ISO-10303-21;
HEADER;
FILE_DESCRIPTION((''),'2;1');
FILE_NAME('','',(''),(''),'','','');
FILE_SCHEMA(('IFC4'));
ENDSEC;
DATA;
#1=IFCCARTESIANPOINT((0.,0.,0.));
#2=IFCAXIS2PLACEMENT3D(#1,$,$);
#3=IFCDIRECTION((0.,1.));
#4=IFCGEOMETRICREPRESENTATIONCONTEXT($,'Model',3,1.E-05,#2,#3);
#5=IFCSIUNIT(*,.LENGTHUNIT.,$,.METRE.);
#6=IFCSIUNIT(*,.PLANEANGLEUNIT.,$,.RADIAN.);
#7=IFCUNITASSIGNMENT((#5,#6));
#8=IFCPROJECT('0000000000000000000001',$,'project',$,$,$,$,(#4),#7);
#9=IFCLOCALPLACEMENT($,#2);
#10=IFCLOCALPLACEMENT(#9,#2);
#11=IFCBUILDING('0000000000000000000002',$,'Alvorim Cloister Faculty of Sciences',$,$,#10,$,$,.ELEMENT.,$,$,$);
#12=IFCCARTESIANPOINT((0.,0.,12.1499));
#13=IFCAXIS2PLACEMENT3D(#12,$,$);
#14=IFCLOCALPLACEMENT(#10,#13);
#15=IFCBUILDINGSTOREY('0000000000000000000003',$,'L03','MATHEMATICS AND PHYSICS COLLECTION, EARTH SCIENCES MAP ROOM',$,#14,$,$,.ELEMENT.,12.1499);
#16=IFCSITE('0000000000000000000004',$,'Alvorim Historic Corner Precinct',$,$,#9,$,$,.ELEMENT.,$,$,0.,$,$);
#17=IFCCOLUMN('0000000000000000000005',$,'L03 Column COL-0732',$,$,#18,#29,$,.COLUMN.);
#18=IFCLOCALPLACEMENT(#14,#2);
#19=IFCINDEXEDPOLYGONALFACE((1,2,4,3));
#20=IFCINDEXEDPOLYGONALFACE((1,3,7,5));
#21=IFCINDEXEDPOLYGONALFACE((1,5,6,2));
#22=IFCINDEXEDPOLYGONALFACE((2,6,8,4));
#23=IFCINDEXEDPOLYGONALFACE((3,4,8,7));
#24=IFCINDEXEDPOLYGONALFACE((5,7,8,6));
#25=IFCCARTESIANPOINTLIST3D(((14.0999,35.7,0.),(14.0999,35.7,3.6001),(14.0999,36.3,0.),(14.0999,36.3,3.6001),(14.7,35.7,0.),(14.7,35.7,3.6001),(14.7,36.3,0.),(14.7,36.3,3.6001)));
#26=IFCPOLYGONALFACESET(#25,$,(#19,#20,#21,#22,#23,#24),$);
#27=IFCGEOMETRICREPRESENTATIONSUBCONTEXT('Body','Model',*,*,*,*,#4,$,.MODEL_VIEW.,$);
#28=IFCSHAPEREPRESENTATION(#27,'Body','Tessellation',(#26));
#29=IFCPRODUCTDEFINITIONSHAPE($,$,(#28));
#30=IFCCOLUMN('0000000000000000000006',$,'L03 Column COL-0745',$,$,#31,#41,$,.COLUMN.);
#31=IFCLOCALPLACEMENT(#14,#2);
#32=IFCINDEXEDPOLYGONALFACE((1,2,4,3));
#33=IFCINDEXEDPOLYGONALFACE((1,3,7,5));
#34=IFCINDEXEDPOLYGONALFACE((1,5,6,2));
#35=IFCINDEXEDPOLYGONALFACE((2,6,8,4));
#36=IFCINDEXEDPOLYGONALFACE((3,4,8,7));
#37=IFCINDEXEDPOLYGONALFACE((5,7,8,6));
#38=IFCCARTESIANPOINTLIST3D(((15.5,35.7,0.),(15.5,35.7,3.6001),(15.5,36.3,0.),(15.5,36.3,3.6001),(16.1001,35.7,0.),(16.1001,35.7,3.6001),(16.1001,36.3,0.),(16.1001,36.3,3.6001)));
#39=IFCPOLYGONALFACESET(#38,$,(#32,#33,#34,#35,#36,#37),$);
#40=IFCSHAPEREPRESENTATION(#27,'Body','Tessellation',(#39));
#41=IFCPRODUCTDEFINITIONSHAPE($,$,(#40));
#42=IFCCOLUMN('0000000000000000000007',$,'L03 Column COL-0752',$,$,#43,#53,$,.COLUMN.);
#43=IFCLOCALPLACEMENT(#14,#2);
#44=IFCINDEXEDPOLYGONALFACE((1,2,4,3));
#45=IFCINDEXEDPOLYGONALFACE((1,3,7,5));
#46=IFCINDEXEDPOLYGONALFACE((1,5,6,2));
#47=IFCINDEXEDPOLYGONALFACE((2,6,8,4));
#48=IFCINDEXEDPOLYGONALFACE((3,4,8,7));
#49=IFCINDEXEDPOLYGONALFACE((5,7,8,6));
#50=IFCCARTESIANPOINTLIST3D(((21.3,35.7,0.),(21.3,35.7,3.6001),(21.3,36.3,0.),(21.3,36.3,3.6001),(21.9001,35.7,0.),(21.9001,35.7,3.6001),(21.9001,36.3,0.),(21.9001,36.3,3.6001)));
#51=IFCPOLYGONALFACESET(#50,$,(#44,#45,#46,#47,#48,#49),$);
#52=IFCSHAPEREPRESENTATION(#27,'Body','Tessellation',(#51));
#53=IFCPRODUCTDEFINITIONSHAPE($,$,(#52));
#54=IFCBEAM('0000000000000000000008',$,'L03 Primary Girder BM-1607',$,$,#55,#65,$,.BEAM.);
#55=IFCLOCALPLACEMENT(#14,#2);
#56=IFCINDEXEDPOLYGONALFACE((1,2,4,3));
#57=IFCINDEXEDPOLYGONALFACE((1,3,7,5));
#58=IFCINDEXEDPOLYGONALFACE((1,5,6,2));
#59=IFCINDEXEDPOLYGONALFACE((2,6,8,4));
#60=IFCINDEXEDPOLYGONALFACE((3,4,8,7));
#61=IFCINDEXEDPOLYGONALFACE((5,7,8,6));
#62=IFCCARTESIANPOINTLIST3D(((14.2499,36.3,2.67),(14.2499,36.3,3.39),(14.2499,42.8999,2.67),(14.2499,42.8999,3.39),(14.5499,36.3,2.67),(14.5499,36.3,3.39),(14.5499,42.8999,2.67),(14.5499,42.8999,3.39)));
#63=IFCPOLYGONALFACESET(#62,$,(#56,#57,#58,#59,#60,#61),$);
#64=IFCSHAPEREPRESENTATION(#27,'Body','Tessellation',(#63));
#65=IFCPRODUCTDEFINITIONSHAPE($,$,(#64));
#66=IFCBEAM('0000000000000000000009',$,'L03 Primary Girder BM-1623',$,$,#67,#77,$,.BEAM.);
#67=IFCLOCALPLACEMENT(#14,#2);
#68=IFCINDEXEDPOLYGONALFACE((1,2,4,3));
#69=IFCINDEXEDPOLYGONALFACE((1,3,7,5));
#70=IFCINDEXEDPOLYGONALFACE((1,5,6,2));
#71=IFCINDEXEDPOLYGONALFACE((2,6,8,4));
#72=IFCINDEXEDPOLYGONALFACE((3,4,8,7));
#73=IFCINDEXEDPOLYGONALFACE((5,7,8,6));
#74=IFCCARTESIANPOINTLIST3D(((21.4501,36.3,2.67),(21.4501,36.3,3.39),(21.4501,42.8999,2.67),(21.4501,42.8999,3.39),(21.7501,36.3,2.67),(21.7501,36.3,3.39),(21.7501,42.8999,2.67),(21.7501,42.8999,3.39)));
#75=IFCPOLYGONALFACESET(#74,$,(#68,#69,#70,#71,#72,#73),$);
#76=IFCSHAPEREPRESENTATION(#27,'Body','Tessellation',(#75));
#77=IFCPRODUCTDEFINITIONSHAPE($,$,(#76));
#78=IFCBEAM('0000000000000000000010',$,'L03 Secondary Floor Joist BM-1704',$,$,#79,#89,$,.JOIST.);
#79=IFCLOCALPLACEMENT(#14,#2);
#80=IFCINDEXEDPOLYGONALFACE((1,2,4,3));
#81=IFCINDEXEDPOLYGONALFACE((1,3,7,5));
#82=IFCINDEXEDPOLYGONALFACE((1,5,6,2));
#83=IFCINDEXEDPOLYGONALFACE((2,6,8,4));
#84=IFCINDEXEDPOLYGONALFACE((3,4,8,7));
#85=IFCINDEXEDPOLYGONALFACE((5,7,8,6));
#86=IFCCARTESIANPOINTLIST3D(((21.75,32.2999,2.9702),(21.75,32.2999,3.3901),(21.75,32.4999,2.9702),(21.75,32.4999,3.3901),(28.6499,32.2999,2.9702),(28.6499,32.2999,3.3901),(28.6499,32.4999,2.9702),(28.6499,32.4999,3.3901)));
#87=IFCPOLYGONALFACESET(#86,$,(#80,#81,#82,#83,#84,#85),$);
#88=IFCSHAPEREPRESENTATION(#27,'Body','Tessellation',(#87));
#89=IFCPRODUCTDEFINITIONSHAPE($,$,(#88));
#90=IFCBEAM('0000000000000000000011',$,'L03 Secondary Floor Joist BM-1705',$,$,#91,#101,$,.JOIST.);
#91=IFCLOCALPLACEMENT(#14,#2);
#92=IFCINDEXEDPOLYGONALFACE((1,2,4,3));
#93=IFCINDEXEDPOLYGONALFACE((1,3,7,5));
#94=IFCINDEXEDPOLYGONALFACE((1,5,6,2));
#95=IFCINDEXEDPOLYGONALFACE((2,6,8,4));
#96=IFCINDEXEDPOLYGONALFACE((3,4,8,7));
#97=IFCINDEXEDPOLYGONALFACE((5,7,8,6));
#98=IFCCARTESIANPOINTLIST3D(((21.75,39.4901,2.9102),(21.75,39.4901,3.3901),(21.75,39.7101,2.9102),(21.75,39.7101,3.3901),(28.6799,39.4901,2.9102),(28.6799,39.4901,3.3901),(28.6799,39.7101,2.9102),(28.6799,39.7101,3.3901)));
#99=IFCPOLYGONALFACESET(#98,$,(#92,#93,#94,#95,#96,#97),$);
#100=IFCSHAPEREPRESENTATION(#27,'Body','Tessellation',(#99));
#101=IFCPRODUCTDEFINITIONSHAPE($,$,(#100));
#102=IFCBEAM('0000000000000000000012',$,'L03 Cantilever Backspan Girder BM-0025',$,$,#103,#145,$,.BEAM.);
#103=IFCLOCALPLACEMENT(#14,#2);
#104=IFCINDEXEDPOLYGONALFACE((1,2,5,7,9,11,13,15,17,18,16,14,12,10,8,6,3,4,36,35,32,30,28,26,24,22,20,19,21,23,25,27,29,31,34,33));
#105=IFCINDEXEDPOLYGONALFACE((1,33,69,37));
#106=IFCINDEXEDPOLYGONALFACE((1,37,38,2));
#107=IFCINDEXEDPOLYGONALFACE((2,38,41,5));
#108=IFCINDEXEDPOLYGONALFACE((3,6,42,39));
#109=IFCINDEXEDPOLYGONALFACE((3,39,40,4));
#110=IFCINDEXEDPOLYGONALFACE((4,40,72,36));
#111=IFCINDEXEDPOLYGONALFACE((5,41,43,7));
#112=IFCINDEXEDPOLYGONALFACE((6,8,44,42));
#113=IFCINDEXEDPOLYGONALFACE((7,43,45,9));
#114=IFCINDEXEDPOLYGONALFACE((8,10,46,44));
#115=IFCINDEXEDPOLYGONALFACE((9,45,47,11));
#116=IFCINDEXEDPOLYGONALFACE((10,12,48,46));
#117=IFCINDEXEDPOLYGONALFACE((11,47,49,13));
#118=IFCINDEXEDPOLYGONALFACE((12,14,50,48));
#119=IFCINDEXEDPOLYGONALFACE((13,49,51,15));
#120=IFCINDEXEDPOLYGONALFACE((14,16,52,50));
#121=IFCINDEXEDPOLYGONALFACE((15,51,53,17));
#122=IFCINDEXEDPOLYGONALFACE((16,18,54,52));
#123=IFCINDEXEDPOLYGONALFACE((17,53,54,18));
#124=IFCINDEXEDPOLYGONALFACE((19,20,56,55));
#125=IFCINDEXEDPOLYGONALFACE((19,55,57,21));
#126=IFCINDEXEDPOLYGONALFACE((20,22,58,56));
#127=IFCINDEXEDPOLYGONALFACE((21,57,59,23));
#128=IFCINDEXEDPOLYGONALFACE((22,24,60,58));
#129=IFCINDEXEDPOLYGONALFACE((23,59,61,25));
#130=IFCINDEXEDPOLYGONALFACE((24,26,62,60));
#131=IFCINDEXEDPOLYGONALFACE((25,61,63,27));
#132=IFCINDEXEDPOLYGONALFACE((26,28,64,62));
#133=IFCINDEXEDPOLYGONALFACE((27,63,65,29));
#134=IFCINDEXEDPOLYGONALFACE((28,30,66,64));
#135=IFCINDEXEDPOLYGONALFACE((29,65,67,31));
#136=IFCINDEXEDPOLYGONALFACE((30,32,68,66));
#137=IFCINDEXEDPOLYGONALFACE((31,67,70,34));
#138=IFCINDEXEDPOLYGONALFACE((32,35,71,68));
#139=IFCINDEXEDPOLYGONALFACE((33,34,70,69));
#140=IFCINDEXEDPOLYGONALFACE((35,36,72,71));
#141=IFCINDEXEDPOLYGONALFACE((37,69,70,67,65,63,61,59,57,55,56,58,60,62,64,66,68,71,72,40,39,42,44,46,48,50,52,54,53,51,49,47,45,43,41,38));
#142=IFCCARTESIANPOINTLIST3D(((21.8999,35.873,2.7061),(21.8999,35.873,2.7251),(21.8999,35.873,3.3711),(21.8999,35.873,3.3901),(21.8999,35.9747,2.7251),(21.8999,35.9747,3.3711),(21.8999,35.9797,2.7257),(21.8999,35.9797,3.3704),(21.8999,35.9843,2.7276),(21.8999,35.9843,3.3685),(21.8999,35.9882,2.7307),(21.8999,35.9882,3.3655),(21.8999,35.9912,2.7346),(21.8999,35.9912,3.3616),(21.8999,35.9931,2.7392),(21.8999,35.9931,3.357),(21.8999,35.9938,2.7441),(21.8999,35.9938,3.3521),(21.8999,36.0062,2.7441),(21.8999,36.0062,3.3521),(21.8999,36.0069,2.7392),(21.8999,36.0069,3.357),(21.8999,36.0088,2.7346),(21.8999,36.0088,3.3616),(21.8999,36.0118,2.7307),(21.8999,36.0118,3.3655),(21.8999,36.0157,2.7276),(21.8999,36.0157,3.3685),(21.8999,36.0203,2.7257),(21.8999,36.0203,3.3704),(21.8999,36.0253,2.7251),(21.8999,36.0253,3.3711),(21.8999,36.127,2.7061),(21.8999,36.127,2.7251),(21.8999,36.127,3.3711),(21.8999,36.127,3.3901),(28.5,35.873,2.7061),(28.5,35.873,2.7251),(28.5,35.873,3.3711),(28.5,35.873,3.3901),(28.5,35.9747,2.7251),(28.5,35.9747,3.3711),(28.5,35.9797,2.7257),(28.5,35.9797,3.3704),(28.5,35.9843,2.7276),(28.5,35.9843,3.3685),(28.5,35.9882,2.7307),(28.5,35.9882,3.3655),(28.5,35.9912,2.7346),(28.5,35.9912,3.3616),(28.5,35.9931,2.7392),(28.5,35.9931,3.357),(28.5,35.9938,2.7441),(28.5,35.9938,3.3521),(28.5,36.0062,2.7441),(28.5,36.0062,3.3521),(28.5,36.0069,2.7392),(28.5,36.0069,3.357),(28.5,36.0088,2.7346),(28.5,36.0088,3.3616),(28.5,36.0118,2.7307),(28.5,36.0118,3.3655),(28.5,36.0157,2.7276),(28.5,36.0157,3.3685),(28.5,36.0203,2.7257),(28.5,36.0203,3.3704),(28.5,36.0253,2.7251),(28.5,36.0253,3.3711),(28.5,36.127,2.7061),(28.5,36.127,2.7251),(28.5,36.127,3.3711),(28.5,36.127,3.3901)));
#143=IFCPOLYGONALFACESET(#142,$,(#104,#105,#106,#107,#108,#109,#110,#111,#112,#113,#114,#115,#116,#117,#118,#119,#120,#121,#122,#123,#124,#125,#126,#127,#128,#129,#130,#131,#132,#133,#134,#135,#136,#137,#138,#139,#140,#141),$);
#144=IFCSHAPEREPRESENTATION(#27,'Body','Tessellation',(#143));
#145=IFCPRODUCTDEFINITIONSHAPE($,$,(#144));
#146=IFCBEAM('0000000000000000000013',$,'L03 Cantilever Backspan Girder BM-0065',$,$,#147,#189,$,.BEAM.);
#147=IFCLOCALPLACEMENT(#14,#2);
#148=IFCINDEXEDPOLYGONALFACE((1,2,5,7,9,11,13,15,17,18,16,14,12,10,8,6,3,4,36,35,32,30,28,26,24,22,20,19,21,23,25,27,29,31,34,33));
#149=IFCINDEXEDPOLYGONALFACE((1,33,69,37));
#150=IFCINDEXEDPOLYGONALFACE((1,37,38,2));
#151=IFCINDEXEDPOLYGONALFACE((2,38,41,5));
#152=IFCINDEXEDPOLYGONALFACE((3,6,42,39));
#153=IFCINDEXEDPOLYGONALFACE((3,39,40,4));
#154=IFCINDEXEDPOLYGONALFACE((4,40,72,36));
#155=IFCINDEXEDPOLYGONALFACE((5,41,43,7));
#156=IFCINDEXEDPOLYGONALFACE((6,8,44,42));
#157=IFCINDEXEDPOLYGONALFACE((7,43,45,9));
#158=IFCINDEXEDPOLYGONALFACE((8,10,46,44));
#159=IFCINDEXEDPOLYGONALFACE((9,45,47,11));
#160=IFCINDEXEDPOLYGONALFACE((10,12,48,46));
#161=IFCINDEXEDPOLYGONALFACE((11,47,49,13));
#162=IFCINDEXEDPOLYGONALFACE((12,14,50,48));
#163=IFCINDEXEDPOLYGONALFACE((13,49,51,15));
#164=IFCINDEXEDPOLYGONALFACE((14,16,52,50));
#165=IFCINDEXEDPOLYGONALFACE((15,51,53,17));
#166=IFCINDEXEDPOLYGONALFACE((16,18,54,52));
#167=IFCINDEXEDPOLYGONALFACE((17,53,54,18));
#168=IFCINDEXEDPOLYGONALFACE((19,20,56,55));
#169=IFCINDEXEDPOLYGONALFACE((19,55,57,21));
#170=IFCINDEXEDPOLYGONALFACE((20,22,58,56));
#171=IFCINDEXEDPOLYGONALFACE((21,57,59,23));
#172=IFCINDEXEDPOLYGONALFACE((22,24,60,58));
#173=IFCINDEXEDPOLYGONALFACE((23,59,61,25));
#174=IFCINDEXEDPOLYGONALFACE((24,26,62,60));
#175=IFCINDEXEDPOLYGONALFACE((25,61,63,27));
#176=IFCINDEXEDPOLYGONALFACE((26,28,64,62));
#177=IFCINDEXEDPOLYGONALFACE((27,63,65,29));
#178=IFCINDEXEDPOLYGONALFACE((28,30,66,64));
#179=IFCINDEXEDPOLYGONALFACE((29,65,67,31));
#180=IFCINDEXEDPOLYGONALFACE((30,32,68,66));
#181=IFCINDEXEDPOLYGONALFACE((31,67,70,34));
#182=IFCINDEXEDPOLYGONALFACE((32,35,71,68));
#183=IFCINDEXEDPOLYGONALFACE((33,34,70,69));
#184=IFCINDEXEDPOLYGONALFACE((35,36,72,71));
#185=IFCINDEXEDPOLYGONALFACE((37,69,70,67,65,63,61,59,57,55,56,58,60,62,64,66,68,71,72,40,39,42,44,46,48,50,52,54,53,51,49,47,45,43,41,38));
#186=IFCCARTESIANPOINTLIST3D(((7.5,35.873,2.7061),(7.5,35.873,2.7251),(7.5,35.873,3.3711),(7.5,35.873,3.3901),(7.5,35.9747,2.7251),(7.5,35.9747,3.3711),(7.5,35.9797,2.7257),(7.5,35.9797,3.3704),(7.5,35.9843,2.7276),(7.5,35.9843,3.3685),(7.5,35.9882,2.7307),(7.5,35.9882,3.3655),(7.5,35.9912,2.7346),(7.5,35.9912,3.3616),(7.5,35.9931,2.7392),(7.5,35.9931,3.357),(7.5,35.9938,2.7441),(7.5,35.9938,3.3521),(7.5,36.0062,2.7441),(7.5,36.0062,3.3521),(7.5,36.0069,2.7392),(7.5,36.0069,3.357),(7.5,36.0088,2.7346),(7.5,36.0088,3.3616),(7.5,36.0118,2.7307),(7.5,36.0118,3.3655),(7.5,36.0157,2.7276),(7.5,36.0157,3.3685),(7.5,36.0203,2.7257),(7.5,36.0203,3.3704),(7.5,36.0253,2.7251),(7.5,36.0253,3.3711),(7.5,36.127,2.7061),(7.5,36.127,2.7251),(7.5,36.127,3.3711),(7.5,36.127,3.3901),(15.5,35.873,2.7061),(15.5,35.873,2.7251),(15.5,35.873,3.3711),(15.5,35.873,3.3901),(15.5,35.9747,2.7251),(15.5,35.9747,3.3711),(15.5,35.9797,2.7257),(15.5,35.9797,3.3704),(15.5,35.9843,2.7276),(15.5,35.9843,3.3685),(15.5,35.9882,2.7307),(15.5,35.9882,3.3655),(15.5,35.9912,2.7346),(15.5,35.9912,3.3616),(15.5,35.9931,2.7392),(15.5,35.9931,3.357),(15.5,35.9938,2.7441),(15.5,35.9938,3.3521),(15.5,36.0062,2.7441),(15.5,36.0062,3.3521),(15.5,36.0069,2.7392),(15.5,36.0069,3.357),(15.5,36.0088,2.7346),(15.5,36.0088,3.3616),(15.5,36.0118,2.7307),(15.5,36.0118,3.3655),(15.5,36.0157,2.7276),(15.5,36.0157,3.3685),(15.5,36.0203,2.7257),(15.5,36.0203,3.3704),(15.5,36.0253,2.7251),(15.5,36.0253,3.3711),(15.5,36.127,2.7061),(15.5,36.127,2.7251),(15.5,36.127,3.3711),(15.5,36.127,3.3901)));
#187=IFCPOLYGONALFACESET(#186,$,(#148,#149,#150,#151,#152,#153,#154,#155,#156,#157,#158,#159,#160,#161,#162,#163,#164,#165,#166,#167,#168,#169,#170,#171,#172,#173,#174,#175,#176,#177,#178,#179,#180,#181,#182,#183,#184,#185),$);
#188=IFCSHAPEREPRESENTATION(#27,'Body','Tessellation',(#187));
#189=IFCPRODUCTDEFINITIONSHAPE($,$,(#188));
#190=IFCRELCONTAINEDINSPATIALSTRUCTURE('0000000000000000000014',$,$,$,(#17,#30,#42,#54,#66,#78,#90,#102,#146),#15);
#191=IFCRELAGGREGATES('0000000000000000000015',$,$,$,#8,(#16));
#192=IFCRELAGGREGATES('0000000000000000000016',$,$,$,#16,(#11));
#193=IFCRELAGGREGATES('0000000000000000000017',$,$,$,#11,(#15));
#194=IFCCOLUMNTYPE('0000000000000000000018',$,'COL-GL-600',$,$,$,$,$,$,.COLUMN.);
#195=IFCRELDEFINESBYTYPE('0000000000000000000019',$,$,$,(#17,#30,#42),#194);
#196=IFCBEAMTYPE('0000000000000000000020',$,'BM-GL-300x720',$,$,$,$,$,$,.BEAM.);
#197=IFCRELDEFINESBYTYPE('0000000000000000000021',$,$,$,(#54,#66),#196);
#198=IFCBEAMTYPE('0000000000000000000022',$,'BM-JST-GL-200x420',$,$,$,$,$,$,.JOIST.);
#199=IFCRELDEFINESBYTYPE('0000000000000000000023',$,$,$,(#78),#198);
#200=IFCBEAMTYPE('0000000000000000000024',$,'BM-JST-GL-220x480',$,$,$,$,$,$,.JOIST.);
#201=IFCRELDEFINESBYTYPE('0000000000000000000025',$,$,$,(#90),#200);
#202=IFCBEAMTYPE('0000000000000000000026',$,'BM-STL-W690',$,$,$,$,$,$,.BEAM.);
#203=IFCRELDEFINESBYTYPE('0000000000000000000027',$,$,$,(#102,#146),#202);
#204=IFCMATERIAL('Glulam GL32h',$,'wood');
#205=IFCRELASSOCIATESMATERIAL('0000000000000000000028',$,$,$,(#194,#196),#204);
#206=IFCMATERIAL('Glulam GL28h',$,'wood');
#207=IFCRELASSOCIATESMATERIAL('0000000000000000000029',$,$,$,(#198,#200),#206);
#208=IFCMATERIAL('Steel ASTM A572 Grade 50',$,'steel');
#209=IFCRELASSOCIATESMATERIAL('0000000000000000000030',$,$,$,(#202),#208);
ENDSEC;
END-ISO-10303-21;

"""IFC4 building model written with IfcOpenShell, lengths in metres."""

from ifc_helpers import new_model, si_unit, direction, frame, origin, origin_2d, place, context, subcontext, project, spatial, rectangle, i_section, extrude, material, material_profile, profile_set, type_object, element, save


model = new_model("IFC4")

# Units and contexts
model_context = context("Model", 3, precision=1e-05, world=origin(), true_north=direction((0.0, 1.0)))
body_context = subcontext(model_context, "Body", "Model", "MODEL_VIEW")
ifc_project = project(units=[si_unit("LENGTHUNIT", "METRE"), si_unit("PLANEANGLEUNIT", "RADIAN")], contexts=[model_context])

# Site, building, storey
site_placement = place(None, origin())
site = spatial("IfcSite", under=ifc_project, at=site_placement, Name="Alvorim Historic Corner Precinct", CompositionType="ELEMENT", RefElevation=0.0)
building_placement = place(site_placement, origin())
building = spatial("IfcBuilding", under=site, at=building_placement, Name="Alvorim Cloister Faculty of Sciences", CompositionType="ELEMENT")
storey_placement = place(building_placement, frame((0.0, 0.0, 12.1499)))
storey = spatial("IfcBuildingStorey", under=building, at=storey_placement, Name="L03", Description="MATHEMATICS AND PHYSICS COLLECTION, EARTH SCIENCES MAP ROOM", CompositionType="ELEMENT", Elevation=12.1499)

# Columns
ifc_material_1 = material(Name="Glulam GL32h", Category="wood")
ifc_material_profile_1 = material_profile(ifc_material_1, rectangle(XDim=0.6001, YDim=0.6001, at=origin_2d()), Name="GL32-COL-600x600")
ifc_profile_set_1 = profile_set([ifc_material_profile_1], Name="Glulam GL32h")
column_type = type_object("IfcColumnType", Name="COL-GL-600", PredefinedType="COLUMN", material=ifc_profile_set_1)
for number, where, z_axis, x_axis, name in (
    (1, (14.3999, 36.0, 0.0), (0.0, 0.0, 1.0), (1.0, 0.0, 0.0), "L03 Column COL-0732"),
    (2, (15.8, 36.0, 0.0), (0.0, 0.0, 1.0), (1.0, 0.0, 0.0), "L03 Column COL-0745"),
    (3, (21.6001, 36.0, 0.0), (0.0, 0.0, 1.0), (1.0, 0.0, 0.0), "L03 Column COL-0752"),
):
    element("IfcColumn", number, at=place(storey_placement, frame(where, z_axis=z_axis, x_axis=x_axis)), inside=storey, type_object=column_type, Name=name, PredefinedType="COLUMN", context=body_context, shape_type="SweptSolid", body=[
        extrude(rectangle(XDim=0.6001, YDim=0.6001, at=origin_2d()), origin(), (0.0, 0.0, 1.0), 3.6001),
    ])

# Beams
ifc_material_profile_2 = material_profile(ifc_material_1, rectangle(XDim=0.3, YDim=0.72, at=origin_2d()), Name="GL32-BM-300x720")
ifc_profile_set_2 = profile_set([ifc_material_profile_2], Name="Glulam GL32h")
beam_type_1 = type_object("IfcBeamType", Name="BM-GL-300x720", PredefinedType="BEAM", material=ifc_profile_set_2)
for number, where, z_axis, x_axis, name in (
    (4, (14.3999, 36.3, 3.03), (0.0, 1.0, 0.0), (-1.0, 0.0, 0.0), "L03 Primary Girder BM-1607"),
    (5, (21.6001, 36.3, 3.03), (0.0, 1.0, 0.0), (-1.0, 0.0, 0.0), "L03 Primary Girder BM-1623"),
):
    element("IfcBeam", number, at=place(storey_placement, frame(where, z_axis=z_axis, x_axis=x_axis)), inside=storey, type_object=beam_type_1, Name=name, PredefinedType="BEAM", context=body_context, shape_type="SweptSolid", body=[
        extrude(rectangle(XDim=0.3, YDim=0.72, at=origin_2d()), origin(), (0.0, 0.0, 1.0), 6.5999),
    ])
ifc_material_2 = material(Name="Glulam GL28h", Category="wood")
ifc_material_profile_3 = material_profile(ifc_material_2, rectangle(XDim=0.2, YDim=0.4199, at=origin_2d()), Name="GL28-JST-200x420")
ifc_profile_set_3 = profile_set([ifc_material_profile_3], Name="Glulam GL28h")
beam_type_2 = type_object("IfcBeamType", Name="BM-JST-GL-200x420", PredefinedType="JOIST", material=ifc_profile_set_3)
beam_1_placement = place(storey_placement, frame((21.75, 32.3999, 3.1802), z_axis=(1.0, 0.0, 0.0), x_axis=(0.0, 1.0, 0.0)))
element("IfcBeam", 6, at=beam_1_placement, inside=storey, type_object=beam_type_2, Name="L03 Secondary Floor Joist BM-1704", PredefinedType="JOIST", context=body_context, shape_type="SweptSolid", body=[
    extrude(rectangle(XDim=0.2, YDim=0.4199, at=origin_2d()), origin(), (0.0, 0.0, 1.0), 6.8999),
])
ifc_material_profile_4 = material_profile(ifc_material_2, rectangle(XDim=0.22, YDim=0.48, at=origin_2d()), Name="GL28-JST-220x480")
ifc_profile_set_4 = profile_set([ifc_material_profile_4], Name="Glulam GL28h")
beam_type_3 = type_object("IfcBeamType", Name="BM-JST-GL-220x480", PredefinedType="JOIST", material=ifc_profile_set_4)
beam_2_placement = place(storey_placement, frame((21.75, 39.6001, 3.1501), z_axis=(1.0, 0.0, 0.0), x_axis=(0.0, 1.0, 0.0)))
element("IfcBeam", 7, at=beam_2_placement, inside=storey, type_object=beam_type_3, Name="L03 Secondary Floor Joist BM-1705", PredefinedType="JOIST", context=body_context, shape_type="SweptSolid", body=[
    extrude(rectangle(XDim=0.22, YDim=0.48, at=origin_2d()), origin(), (0.0, 0.0, 1.0), 6.9299),
])
ifc_material_3 = material(Name="Steel ASTM A572 Grade 50", Category="steel")
ifc_material_profile_5 = material_profile(ifc_material_3, i_section(OverallWidth=0.2539, OverallDepth=0.6841, WebThickness=0.0125, FlangeThickness=0.019, FilletRadius=0.019, at=origin_2d()), Name="W690x140.0")
ifc_profile_set_5 = profile_set([ifc_material_profile_5], Name="Steel ASTM A572 Grade 50")
beam_type_4 = type_object("IfcBeamType", Name="BM-STL-W690", PredefinedType="BEAM", material=ifc_profile_set_5)
beam_3_placement = place(storey_placement, frame((21.8999, 36.0, 3.0481), z_axis=(1.0, 0.0, 0.0), x_axis=(0.0, 1.0, 0.0)))
element("IfcBeam", 8, at=beam_3_placement, inside=storey, type_object=beam_type_4, Name="L03 Cantilever Backspan Girder BM-0025", PredefinedType="BEAM", context=body_context, shape_type="SweptSolid", body=[
    extrude(i_section(OverallWidth=0.2539, OverallDepth=0.6841, WebThickness=0.0125, FlangeThickness=0.019, FilletRadius=0.019, at=origin_2d()), origin(), (0.0, 0.0, 1.0), 6.6001),
])
beam_4_placement = place(storey_placement, frame((7.5, 36.0, 3.0481), z_axis=(1.0, 0.0, 0.0), x_axis=(0.0, 1.0, 0.0)))
element("IfcBeam", 9, at=beam_4_placement, inside=storey, type_object=beam_type_4, Name="L03 Cantilever Backspan Girder BM-0065", PredefinedType="BEAM", context=body_context, shape_type="SweptSolid", body=[
    extrude(i_section(OverallWidth=0.2539, OverallDepth=0.6841, WebThickness=0.0125, FlangeThickness=0.019, FilletRadius=0.019, at=origin_2d()), origin(), (0.0, 0.0, 1.0), 8.0),
])

save(model, "model.ifc")
